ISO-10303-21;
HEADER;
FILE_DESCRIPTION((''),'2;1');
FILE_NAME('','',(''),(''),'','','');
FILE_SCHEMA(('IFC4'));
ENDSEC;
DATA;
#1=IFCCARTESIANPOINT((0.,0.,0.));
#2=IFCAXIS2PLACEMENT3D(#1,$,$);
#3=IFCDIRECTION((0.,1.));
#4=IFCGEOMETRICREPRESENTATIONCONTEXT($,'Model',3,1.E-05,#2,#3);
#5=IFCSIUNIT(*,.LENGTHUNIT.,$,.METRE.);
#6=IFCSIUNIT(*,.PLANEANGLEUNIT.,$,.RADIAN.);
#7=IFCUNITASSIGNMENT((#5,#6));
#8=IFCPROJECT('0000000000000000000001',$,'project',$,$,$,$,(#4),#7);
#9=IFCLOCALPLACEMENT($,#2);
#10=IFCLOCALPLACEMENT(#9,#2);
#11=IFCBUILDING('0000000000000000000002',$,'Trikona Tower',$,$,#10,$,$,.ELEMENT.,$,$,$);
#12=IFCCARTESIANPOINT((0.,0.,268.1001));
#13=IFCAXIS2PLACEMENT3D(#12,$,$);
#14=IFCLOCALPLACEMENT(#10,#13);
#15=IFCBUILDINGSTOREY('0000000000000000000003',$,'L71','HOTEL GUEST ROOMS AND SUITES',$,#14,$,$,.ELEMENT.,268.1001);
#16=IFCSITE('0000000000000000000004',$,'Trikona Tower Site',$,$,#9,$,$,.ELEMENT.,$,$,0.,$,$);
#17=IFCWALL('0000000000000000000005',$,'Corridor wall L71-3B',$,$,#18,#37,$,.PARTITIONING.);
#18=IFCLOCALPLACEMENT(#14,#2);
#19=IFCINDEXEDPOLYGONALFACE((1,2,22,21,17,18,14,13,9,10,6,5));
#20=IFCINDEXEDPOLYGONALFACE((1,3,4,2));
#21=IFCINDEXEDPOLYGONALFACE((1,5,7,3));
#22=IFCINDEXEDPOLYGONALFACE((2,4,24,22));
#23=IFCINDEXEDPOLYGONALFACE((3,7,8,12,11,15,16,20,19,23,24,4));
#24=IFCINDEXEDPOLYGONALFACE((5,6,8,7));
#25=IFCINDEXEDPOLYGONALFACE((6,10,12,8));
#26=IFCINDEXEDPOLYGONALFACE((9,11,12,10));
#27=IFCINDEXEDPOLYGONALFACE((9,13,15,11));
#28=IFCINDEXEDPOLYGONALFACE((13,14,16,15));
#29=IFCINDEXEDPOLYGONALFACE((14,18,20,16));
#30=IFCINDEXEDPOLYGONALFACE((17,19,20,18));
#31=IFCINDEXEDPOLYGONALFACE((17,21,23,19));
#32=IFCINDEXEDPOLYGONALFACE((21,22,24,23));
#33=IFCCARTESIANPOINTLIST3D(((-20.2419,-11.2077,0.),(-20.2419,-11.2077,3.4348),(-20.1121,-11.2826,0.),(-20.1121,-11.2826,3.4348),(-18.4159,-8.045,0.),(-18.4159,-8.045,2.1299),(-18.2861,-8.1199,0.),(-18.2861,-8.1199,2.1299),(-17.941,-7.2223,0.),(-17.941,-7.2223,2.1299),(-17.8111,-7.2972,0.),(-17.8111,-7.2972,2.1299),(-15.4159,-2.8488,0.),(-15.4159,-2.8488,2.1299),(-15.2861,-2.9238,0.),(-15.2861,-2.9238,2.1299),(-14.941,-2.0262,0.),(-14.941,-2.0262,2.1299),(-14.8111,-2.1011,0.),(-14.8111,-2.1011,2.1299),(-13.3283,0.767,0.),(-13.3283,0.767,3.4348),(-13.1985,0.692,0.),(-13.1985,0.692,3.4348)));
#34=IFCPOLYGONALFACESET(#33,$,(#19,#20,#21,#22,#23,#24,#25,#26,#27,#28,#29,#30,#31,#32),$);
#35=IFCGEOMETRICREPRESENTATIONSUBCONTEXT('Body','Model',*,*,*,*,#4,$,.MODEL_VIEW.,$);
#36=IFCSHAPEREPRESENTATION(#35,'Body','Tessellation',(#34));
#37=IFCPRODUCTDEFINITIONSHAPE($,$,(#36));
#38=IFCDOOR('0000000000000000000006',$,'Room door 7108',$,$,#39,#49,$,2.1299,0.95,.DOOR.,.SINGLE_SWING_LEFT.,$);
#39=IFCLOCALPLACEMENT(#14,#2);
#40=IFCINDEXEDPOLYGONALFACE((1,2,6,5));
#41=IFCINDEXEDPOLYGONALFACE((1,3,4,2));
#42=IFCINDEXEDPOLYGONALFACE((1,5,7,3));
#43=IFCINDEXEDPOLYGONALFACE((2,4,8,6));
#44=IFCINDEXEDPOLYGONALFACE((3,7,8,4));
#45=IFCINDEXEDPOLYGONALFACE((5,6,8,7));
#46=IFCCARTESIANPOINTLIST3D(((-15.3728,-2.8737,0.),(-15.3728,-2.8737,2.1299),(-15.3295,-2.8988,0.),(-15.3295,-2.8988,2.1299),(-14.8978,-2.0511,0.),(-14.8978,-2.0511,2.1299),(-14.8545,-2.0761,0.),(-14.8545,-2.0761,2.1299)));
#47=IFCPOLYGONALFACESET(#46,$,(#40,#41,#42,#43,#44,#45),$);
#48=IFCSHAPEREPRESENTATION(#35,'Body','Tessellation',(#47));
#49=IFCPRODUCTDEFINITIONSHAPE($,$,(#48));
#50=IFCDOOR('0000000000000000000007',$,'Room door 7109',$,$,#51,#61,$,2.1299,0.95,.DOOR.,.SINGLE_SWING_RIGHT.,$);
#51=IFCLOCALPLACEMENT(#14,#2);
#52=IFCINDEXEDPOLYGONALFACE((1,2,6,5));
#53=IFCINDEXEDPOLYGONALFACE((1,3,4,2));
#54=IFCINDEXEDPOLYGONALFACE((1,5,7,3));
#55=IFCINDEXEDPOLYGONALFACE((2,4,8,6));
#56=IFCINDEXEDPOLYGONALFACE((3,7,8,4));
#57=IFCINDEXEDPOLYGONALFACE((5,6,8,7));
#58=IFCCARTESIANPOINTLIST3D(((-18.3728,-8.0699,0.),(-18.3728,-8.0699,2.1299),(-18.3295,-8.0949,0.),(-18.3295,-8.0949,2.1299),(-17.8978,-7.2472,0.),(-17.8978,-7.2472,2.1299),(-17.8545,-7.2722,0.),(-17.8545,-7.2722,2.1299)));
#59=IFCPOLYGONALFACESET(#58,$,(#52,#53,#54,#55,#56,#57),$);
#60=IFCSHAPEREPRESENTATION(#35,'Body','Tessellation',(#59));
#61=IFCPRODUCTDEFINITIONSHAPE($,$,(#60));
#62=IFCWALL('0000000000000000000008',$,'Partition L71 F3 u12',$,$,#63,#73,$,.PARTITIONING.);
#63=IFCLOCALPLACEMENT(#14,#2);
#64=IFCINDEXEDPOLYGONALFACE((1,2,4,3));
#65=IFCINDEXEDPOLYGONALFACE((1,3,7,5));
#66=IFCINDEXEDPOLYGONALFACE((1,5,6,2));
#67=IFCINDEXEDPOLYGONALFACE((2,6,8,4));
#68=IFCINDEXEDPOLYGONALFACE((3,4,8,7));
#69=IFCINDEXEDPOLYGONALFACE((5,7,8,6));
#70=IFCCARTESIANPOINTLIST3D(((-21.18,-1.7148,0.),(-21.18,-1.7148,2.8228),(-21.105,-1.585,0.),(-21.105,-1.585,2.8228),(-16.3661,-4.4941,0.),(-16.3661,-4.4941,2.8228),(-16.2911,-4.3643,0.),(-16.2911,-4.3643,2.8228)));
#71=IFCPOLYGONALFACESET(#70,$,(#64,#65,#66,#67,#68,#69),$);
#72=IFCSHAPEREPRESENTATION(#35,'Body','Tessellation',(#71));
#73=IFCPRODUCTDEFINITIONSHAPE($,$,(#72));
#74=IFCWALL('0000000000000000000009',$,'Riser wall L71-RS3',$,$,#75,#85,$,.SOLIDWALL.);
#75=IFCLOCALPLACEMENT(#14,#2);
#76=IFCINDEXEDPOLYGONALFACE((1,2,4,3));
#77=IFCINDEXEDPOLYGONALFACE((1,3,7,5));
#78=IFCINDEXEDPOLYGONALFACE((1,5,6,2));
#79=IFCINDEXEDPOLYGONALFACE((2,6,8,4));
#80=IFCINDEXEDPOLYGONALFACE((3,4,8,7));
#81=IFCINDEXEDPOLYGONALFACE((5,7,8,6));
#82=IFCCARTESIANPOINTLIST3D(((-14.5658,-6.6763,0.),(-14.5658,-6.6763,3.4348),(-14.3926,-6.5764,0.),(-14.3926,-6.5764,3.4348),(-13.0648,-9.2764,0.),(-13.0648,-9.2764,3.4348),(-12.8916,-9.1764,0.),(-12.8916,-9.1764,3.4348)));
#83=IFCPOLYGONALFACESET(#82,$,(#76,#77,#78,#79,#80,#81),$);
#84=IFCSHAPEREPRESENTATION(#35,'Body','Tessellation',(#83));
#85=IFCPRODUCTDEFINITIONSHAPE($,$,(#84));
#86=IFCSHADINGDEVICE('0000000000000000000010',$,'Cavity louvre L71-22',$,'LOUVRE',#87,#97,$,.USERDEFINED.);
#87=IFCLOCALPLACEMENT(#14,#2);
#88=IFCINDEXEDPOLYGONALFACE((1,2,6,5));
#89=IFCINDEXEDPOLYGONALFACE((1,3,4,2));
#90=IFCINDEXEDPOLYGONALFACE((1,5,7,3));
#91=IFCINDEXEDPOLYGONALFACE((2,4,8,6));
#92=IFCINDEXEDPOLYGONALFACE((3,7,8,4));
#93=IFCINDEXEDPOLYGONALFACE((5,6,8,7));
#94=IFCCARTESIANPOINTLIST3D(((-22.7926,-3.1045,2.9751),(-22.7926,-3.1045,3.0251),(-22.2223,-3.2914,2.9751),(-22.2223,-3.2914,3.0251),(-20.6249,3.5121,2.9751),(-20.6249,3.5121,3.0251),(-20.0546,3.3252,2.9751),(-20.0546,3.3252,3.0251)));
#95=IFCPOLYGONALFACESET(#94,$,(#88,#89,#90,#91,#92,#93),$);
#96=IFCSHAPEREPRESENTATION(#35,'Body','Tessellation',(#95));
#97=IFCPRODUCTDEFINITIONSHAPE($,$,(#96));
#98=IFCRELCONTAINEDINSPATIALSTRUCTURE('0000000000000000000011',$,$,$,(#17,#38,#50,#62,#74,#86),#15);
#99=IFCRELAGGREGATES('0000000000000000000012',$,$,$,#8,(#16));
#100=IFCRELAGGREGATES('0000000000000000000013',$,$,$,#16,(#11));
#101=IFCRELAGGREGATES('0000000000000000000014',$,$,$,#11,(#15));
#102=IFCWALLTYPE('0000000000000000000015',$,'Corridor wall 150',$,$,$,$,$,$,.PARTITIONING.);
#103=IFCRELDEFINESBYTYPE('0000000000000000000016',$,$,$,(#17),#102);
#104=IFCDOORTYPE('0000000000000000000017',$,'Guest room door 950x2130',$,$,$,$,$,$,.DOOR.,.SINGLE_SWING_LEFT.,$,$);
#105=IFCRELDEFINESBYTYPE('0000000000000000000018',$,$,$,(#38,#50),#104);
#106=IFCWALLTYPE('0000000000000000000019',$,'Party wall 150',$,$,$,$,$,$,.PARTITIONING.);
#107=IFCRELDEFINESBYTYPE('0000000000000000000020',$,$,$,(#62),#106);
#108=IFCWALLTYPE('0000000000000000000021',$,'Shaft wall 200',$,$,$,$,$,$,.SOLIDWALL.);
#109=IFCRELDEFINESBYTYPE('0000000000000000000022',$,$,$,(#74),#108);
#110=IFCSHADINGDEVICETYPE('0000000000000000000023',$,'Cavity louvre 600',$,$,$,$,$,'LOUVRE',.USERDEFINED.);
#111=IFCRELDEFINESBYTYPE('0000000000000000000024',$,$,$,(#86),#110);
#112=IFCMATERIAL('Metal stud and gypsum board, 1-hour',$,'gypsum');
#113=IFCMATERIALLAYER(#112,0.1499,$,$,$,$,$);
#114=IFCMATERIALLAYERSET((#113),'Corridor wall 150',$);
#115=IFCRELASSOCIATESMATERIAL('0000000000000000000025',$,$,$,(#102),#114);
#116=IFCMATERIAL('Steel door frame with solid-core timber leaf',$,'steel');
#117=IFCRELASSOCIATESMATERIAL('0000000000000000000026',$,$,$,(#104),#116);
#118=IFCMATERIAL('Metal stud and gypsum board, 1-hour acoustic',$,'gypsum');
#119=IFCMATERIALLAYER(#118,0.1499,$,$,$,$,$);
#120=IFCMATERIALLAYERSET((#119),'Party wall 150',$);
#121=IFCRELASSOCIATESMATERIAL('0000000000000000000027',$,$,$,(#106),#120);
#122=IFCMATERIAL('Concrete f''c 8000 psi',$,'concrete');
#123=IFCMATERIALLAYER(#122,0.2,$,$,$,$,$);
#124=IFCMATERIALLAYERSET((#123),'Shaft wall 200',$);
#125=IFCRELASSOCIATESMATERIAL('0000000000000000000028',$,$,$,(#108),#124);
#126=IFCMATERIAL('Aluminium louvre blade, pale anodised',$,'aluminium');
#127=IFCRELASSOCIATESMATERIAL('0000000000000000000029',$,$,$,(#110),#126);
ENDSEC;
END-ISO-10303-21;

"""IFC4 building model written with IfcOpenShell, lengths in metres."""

from ifc_helpers import new_model, si_unit, direction, frame, frame_2d, origin, origin_2d, place, context, subcontext, project, spatial, rectangle, extrude, material, layer, layer_set, type_object, element, fill, save


model = new_model("IFC4")

# Units and contexts
model_context = context("Model", 3, precision=1e-05, world=origin(), true_north=direction((0.0, 1.0)))
body_context = subcontext(model_context, "Body", "Model", "MODEL_VIEW")
ifc_project = project(units=[si_unit("LENGTHUNIT", "METRE"), si_unit("PLANEANGLEUNIT", "RADIAN")], contexts=[model_context])

# Site, building, storey
site_placement = place(None, origin())
site = spatial("IfcSite", under=ifc_project, at=site_placement, Name="Trikona Tower Site", CompositionType="ELEMENT", RefElevation=0.0)
building_placement = place(site_placement, origin())
building = spatial("IfcBuilding", under=site, at=building_placement, Name="Trikona Tower", CompositionType="ELEMENT")
storey_placement = place(building_placement, frame((0.0, 0.0, 268.1001)))
storey = spatial("IfcBuildingStorey", under=building, at=storey_placement, Name="L71", Description="HOTEL GUEST ROOMS AND SUITES", CompositionType="ELEMENT", Elevation=268.1001)

# Wall, openings, doors
ifc_material_1 = material(Name="Metal stud and gypsum board, 1-hour", Category="gypsum")
ifc_layer_1 = layer(ifc_material_1, 0.1499)
ifc_layer_set_1 = layer_set([ifc_layer_1], Name="Corridor wall 150")
wall_type_1 = type_object("IfcWallType", Name="Corridor wall 150", PredefinedType="PARTITIONING", material=ifc_layer_set_1)
wall_1_placement = place(storey_placement, frame((-13.2634, 0.7295, 0.0), z_axis=(0.0, 0.0, 1.0), x_axis=(-0.500002, -0.866024, 0.0)))
wall_1 = element("IfcWall", 1, at=wall_1_placement, inside=storey, type_object=wall_type_1, Name="Corridor wall L71-3B", PredefinedType="PARTITIONING", context=body_context, shape_type="SweptSolid", body=[
    extrude(rectangle(XDim=13.8271, YDim=0.1499, at=frame_2d((6.9136, 0.0))), origin(), (0.0, 0.0, 1.0), 3.4348),
])
opening_1_placement = place(wall_1_placement, frame((3.2251, 0.0, 0.0)))
opening_1 = element("IfcOpeningElement", 2, at=opening_1_placement, cuts=wall_1, PredefinedType="OPENING", context=body_context, shape_type="SweptSolid", body=[
    extrude(rectangle(XDim=0.95, YDim=2.1299, at=frame_2d((0.4751, 1.0649))), frame((0.0, 0.085, 0.0), z_axis=(0.0, -1.0, 0.0), x_axis=(1.0, 0.0, 0.0)), (0.0, 0.0, 1.0), 0.1699),
])
opening_2_placement = place(wall_1_placement, frame((9.2251, 0.0, 0.0)))
opening_2 = element("IfcOpeningElement", 3, at=opening_2_placement, cuts=wall_1, PredefinedType="OPENING", context=body_context, shape_type="SweptSolid", body=[
    extrude(rectangle(XDim=0.95, YDim=2.1299, at=frame_2d((0.4751, 1.0649))), frame((0.0, 0.085, 0.0), z_axis=(0.0, -1.0, 0.0), x_axis=(1.0, 0.0, 0.0)), (0.0, 0.0, 1.0), 0.1699),
])
ifc_material_2 = material(Name="Steel door frame with solid-core timber leaf", Category="steel")
door_type_1 = type_object("IfcDoorType", Name="Guest room door 950x2130", OperationType="SINGLE_SWING_LEFT", PredefinedType="DOOR", material=ifc_material_2)
door_1_placement = place(opening_1_placement, origin())
door_1 = element("IfcDoor", 4, at=door_1_placement, inside=storey, type_object=door_type_1, Name="Room door 7108", OperationType="SINGLE_SWING_LEFT", OverallHeight=2.1299, OverallWidth=0.95, PredefinedType="DOOR", context=body_context, shape_type="SweptSolid", body=[
    extrude(rectangle(XDim=0.95, YDim=2.1299, at=frame_2d((0.4751, 1.0649))), frame((0.0, 0.0249, 0.0), z_axis=(0.0, -1.0, 0.0), x_axis=(1.0, 0.0, 0.0)), (0.0, 0.0, 1.0), 0.05),
])
fill(opening_1, door_1)
door_2_placement = place(opening_2_placement, origin())
door_2 = element("IfcDoor", 5, at=door_2_placement, inside=storey, type_object=door_type_1, Name="Room door 7109", OperationType="SINGLE_SWING_RIGHT", OverallHeight=2.1299, OverallWidth=0.95, PredefinedType="DOOR", context=body_context, shape_type="SweptSolid", body=[
    extrude(rectangle(XDim=0.95, YDim=2.1299, at=frame_2d((0.4751, 1.0649))), frame((0.0, 0.0249, 0.0), z_axis=(0.0, -1.0, 0.0), x_axis=(1.0, 0.0, 0.0)), (0.0, 0.0, 1.0), 0.05),
])
fill(opening_2, door_2)

# Walls
ifc_material_3 = material(Name="Metal stud and gypsum board, 1-hour acoustic", Category="gypsum")
ifc_layer_2 = layer(ifc_material_3, 0.1499)
ifc_layer_set_2 = layer_set([ifc_layer_2], Name="Party wall 150")
wall_type_2 = type_object("IfcWallType", Name="Party wall 150", PredefinedType="PARTITIONING", material=ifc_layer_set_2)
wall_2_placement = place(storey_placement, frame((-16.3286, -4.4292, 0.0), z_axis=(0.0, 0.0, 1.0), x_axis=(-0.866029, 0.499994, 0.0)))
element("IfcWall", 6, at=wall_2_placement, inside=storey, type_object=wall_type_2, Name="Partition L71 F3 u12", PredefinedType="PARTITIONING", context=body_context, shape_type="SweptSolid", body=[
    extrude(rectangle(XDim=5.5586, YDim=0.1499, at=frame_2d((2.7793, 0.0))), origin(), (0.0, 0.0, 1.0), 2.8228),
])
ifc_material_4 = material(Name="Concrete f'c 8000 psi", Category="concrete")
ifc_layer_3 = layer(ifc_material_4, 0.2)
ifc_layer_set_3 = layer_set([ifc_layer_3], Name="Shaft wall 200")
wall_type_3 = type_object("IfcWallType", Name="Shaft wall 200", PredefinedType="SOLIDWALL", material=ifc_layer_set_3)
wall_3_placement = place(storey_placement, frame((-12.9783, -9.2263, 0.0), z_axis=(0.0, 0.0, 1.0), x_axis=(-0.499952, 0.866053, 0.0)))
element("IfcWall", 7, at=wall_3_placement, inside=storey, type_object=wall_type_3, Name="Riser wall L71-RS3", PredefinedType="SOLIDWALL", context=body_context, shape_type="SweptSolid", body=[
    extrude(rectangle(XDim=3.0022, YDim=0.2, at=frame_2d((1.501, 0.0))), origin(), (0.0, 0.0, 1.0), 3.4348),
])

# Shading device
ifc_material_5 = material(Name="Aluminium louvre blade, pale anodised", Category="aluminium")
shading_device_type = type_object("IfcShadingDeviceType", Name="Cavity louvre 600", ElementType="LOUVRE", PredefinedType="USERDEFINED", material=ifc_material_5)
shading_device_placement = place(storey_placement, frame((-21.4236, 0.1104, 2.9751), z_axis=(0.0, 0.0, 1.0), x_axis=(-0.311337, -0.9503, 0.0)))
element("IfcShadingDevice", 8, at=shading_device_placement, inside=storey, type_object=shading_device_type, Name="Cavity louvre L71-22", ObjectType="LOUVRE", PredefinedType="USERDEFINED", context=body_context, shape_type="SweptSolid", body=[
    extrude(rectangle(XDim=6.9626, YDim=0.6001, at=origin_2d()), origin(), (0.0, 0.0, 1.0), 0.05),
])

save(model, "model.ifc")
